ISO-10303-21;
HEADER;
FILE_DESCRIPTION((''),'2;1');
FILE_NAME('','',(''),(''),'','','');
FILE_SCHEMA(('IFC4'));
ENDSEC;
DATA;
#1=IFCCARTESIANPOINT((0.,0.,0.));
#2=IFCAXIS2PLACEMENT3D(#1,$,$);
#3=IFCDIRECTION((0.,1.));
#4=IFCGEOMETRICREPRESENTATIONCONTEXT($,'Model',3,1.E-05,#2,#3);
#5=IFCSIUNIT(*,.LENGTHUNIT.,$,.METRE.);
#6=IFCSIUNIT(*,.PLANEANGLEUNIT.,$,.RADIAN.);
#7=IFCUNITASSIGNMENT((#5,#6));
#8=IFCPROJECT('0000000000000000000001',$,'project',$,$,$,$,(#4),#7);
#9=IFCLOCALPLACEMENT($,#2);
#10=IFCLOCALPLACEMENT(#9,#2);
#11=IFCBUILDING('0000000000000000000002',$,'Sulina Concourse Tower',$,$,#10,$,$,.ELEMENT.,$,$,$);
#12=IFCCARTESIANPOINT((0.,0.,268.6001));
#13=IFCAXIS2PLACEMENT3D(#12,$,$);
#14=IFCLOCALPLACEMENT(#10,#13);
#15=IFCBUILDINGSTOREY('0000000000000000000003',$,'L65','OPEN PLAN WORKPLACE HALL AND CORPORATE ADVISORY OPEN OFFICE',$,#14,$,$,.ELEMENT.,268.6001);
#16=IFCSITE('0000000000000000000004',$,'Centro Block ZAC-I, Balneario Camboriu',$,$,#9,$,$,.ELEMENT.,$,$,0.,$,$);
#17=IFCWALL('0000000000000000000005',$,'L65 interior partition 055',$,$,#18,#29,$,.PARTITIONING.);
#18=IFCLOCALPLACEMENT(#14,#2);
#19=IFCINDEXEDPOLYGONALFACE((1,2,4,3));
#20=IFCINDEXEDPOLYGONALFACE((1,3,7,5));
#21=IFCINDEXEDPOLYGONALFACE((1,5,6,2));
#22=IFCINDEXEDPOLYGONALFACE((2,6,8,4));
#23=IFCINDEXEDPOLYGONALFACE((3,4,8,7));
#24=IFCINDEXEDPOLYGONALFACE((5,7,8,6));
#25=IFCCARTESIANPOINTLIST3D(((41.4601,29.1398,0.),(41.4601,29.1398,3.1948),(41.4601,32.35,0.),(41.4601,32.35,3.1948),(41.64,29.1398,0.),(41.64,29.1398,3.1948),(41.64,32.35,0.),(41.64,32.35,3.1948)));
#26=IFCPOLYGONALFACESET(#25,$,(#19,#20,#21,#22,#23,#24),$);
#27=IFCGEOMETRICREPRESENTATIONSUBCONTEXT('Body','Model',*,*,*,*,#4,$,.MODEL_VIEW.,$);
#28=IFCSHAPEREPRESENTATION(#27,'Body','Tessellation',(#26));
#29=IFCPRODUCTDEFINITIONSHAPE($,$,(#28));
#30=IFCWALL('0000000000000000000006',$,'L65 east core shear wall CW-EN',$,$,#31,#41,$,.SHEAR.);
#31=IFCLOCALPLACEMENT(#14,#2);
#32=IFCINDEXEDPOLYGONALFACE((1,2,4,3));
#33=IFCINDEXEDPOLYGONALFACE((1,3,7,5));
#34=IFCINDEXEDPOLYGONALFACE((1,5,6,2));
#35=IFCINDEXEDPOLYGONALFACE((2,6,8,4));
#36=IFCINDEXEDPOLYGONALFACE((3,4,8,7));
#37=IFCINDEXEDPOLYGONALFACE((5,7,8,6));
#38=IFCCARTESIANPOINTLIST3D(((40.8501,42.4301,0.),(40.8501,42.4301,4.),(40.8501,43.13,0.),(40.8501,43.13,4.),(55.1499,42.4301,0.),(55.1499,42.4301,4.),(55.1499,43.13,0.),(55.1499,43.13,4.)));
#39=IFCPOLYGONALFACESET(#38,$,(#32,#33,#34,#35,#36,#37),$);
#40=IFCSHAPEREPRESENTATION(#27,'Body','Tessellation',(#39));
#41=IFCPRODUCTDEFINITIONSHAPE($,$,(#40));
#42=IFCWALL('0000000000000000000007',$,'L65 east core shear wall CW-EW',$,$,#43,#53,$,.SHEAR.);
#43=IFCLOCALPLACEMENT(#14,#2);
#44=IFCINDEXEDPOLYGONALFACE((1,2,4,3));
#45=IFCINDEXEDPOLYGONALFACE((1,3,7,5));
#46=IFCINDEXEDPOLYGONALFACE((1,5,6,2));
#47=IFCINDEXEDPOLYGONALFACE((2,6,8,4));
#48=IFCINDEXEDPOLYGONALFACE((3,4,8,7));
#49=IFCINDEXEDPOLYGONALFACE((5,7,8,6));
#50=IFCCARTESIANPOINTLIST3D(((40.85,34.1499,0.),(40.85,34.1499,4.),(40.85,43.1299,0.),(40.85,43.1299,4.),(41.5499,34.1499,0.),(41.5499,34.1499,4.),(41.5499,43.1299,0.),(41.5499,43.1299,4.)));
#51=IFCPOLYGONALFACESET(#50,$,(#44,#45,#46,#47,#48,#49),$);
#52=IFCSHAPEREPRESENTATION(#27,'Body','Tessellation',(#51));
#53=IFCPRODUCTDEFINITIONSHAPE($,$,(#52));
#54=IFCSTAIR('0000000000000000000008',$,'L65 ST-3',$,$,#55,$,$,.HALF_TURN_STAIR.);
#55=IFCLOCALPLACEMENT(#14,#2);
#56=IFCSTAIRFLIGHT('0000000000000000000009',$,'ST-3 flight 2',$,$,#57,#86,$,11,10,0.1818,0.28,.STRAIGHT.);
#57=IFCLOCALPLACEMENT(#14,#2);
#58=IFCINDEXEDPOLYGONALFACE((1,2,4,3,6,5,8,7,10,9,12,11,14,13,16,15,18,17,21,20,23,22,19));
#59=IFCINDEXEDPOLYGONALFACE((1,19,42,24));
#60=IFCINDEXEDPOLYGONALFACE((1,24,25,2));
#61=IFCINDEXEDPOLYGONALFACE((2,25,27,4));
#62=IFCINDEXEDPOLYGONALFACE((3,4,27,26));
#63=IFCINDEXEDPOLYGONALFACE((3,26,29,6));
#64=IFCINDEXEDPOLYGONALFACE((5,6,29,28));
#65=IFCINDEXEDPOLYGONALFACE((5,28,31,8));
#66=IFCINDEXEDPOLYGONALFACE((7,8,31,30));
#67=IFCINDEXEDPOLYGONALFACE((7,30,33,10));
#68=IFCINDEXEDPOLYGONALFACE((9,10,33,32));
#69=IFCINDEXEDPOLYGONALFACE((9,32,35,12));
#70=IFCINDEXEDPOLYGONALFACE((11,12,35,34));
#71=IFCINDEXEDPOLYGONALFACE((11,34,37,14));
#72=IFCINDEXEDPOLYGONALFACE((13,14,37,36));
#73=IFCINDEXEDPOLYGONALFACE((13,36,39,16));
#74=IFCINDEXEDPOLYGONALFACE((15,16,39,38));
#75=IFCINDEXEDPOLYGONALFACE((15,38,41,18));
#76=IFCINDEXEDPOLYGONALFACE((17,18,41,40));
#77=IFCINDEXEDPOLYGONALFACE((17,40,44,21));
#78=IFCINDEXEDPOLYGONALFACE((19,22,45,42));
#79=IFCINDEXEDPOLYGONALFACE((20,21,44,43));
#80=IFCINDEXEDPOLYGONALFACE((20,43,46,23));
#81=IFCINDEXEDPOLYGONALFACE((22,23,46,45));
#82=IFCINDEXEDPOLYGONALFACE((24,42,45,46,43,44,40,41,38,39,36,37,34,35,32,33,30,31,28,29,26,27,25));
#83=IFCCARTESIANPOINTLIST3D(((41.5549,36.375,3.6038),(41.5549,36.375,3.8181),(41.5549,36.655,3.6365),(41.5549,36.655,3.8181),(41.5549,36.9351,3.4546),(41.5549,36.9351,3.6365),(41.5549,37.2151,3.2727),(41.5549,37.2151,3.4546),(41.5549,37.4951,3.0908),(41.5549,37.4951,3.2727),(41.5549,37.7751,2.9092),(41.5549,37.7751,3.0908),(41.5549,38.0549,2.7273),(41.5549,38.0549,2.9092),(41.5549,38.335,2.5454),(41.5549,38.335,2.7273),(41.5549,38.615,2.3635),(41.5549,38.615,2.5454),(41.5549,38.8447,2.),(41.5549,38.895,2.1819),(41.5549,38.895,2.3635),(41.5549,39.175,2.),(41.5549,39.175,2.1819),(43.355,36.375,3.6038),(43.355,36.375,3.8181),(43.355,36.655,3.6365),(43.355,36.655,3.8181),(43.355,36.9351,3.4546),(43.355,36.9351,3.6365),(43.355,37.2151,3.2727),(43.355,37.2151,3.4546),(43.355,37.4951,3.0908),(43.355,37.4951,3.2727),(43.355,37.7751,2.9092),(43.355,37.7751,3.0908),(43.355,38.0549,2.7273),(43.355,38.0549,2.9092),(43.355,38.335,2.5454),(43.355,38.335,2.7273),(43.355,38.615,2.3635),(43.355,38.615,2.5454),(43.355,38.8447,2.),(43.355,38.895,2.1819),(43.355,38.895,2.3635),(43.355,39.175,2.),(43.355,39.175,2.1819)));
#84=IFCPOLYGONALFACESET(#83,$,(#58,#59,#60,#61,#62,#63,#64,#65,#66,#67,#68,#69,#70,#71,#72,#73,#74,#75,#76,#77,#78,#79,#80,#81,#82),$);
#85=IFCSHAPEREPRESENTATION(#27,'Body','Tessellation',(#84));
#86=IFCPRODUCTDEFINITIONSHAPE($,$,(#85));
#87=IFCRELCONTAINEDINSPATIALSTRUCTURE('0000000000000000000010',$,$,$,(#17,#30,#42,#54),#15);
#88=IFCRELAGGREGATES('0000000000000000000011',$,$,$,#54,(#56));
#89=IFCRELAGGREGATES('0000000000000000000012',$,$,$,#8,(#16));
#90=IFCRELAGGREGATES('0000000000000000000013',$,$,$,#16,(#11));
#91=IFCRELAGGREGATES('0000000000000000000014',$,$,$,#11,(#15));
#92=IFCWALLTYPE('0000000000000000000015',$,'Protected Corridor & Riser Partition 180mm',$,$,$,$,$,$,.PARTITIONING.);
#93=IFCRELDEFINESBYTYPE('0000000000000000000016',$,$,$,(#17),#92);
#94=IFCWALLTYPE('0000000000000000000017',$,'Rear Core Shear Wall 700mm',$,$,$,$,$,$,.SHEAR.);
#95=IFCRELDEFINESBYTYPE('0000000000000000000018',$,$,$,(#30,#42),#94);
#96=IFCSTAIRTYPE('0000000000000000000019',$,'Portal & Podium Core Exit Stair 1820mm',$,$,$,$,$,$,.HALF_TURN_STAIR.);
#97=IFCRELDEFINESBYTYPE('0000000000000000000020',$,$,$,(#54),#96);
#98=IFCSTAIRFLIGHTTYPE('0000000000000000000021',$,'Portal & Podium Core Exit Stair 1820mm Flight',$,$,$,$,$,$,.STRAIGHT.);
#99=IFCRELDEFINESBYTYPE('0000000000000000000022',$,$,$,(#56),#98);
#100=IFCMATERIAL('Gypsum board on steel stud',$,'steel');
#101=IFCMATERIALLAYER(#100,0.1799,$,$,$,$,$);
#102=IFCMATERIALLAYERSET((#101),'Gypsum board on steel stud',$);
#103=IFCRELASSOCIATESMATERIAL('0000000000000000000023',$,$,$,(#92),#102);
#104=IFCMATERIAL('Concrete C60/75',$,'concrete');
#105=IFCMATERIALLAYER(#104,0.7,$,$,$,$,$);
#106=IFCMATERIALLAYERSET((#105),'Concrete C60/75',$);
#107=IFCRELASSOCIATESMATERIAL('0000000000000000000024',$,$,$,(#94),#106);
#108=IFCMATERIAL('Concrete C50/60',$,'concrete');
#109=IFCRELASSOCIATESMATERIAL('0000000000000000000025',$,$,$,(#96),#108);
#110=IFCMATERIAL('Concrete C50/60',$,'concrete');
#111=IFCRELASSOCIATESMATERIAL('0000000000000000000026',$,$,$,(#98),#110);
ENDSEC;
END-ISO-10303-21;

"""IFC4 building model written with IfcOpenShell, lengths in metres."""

from ifc_helpers import new_model, si_unit, direction, frame, frame_2d, origin, place, context, subcontext, project, spatial, polyline, rectangle, outline, extrude, material, layer, layer_set, type_object, element, aggregate, save


model = new_model("IFC4")

# Units and contexts
model_context = context("Model", 3, precision=1e-05, world=origin(), true_north=direction((0.0, 1.0)))
body_context = subcontext(model_context, "Body", "Model", "MODEL_VIEW")
ifc_project = project(units=[si_unit("LENGTHUNIT", "METRE"), si_unit("PLANEANGLEUNIT", "RADIAN")], contexts=[model_context])

# Site, building, storey
site_placement = place(None, origin())
site = spatial("IfcSite", under=ifc_project, at=site_placement, Name="Centro Block ZAC-I, Balneario Camboriu", CompositionType="ELEMENT", RefElevation=0.0)
building_placement = place(site_placement, origin())
building = spatial("IfcBuilding", under=site, at=building_placement, Name="Sulina Concourse Tower", CompositionType="ELEMENT")
storey_placement = place(building_placement, frame((0.0, 0.0, 268.6001)))
storey = spatial("IfcBuildingStorey", under=building, at=storey_placement, Name="L65", Description="OPEN PLAN WORKPLACE HALL AND CORPORATE ADVISORY OPEN OFFICE", CompositionType="ELEMENT", Elevation=268.6001)

# Walls
ifc_material_1 = material(Name="Gypsum board on steel stud", Category="steel")
ifc_layer_1 = layer(ifc_material_1, 0.1799)
ifc_layer_set_1 = layer_set([ifc_layer_1], Name="Gypsum board on steel stud")
wall_type_1 = type_object("IfcWallType", Name="Protected Corridor & Riser Partition 180mm", PredefinedType="PARTITIONING", material=ifc_layer_set_1)
wall_1_placement = place(storey_placement, frame((41.55, 29.1399, 0.0), z_axis=(0.0, 0.0, 1.0), x_axis=(0.0, 1.0, 0.0)))
element("IfcWall", 1, at=wall_1_placement, inside=storey, type_object=wall_type_1, Name="L65 interior partition 055", PredefinedType="PARTITIONING", context=body_context, shape_type="SweptSolid", body=[
    extrude(rectangle(XDim=3.2102, YDim=0.1799, at=frame_2d((1.605, 0.0))), origin(), (0.0, 0.0, 1.0), 3.1948),
])
ifc_material_2 = material(Name="Concrete C60/75", Category="concrete")
ifc_layer_2 = layer(ifc_material_2, 0.7)
ifc_layer_set_2 = layer_set([ifc_layer_2], Name="Concrete C60/75")
wall_type_2 = type_object("IfcWallType", Name="Rear Core Shear Wall 700mm", PredefinedType="SHEAR", material=ifc_layer_set_2)
wall_2_placement = place(storey_placement, frame((40.8501, 42.78, 0.0), z_axis=(0.0, 0.0, 1.0), x_axis=(1.0, 0.0, 0.0)))
element("IfcWall", 2, at=wall_2_placement, inside=storey, type_object=wall_type_2, Name="L65 east core shear wall CW-EN", PredefinedType="SHEAR", context=body_context, shape_type="SweptSolid", body=[
    extrude(rectangle(XDim=14.2998, YDim=0.7, at=frame_2d((7.1499, 0.0))), origin(), (0.0, 0.0, 1.0), 4.0),
])
wall_3_placement = place(storey_placement, frame((41.2, 34.1499, 0.0), z_axis=(0.0, 0.0, 1.0), x_axis=(0.0, 1.0, 0.0)))
element("IfcWall", 3, at=wall_3_placement, inside=storey, type_object=wall_type_2, Name="L65 east core shear wall CW-EW", PredefinedType="SHEAR", context=body_context, shape_type="SweptSolid", body=[
    extrude(rectangle(XDim=8.98, YDim=0.7, at=frame_2d((4.49, 0.0))), origin(), (0.0, 0.0, 1.0), 4.0),
])

# Stair, stair flight
ifc_material_3 = material(Name="Concrete C50/60", Category="concrete")
stair_type = type_object("IfcStairType", Name="Portal & Podium Core Exit Stair 1820mm", PredefinedType="HALF_TURN_STAIR", material=ifc_material_3)
stair_placement = place(storey_placement, origin())
stair = element("IfcStair", 4, at=stair_placement, inside=storey, type_object=stair_type, Name="L65 ST-3", PredefinedType="HALF_TURN_STAIR")
ifc_material_4 = material(Name="Concrete C50/60", Category="concrete")
stair_flight_type = type_object("IfcStairFlightType", Name="Portal & Podium Core Exit Stair 1820mm Flight", PredefinedType="STRAIGHT", material=ifc_material_4)
stair_flight_placement = place(storey_placement, frame((42.4551, 39.175, 2.0), z_axis=(0.0, 0.0, 1.0), x_axis=(0.0, -1.0, 0.0)))
stair_flight = element("IfcStairFlight", 5, at=stair_flight_placement, type_object=stair_flight_type, Name="ST-3 flight 2", NumberOfRisers=11, NumberOfTreads=10, PredefinedType="STRAIGHT", RiserHeight=0.1818, TreadLength=0.28, context=body_context, shape_type="SweptSolid", body=[
    extrude(outline(polyline([(0.0, 0.0), (0.0, 0.1819), (0.28, 0.1819), (0.28, 0.3635), (0.5601, 0.3635), (0.5601, 0.5454), (0.8401, 0.5454), (0.8401, 0.7273), (1.1201, 0.7273), (1.1201, 0.9092), (1.3999, 0.9092), (1.3999, 1.0908), (1.6799, 1.0908), (1.6799, 1.2727), (1.96, 1.2727), (1.96, 1.4546), (2.24, 1.4546), (2.24, 1.6365), (2.52, 1.6365), (2.52, 1.8181), (2.8, 1.8181), (2.8, 2.0), (2.8, 1.6038), (0.3303, 0.0), (0.0, 0.0)])), frame((0.0, 0.8999, 0.0), z_axis=(0.0, -1.0, 0.0), x_axis=(1.0, 0.0, 0.0)), (0.0, 0.0, 1.0), 1.8),
])
aggregate(stair, [stair_flight])

save(model, "model.ifc")
